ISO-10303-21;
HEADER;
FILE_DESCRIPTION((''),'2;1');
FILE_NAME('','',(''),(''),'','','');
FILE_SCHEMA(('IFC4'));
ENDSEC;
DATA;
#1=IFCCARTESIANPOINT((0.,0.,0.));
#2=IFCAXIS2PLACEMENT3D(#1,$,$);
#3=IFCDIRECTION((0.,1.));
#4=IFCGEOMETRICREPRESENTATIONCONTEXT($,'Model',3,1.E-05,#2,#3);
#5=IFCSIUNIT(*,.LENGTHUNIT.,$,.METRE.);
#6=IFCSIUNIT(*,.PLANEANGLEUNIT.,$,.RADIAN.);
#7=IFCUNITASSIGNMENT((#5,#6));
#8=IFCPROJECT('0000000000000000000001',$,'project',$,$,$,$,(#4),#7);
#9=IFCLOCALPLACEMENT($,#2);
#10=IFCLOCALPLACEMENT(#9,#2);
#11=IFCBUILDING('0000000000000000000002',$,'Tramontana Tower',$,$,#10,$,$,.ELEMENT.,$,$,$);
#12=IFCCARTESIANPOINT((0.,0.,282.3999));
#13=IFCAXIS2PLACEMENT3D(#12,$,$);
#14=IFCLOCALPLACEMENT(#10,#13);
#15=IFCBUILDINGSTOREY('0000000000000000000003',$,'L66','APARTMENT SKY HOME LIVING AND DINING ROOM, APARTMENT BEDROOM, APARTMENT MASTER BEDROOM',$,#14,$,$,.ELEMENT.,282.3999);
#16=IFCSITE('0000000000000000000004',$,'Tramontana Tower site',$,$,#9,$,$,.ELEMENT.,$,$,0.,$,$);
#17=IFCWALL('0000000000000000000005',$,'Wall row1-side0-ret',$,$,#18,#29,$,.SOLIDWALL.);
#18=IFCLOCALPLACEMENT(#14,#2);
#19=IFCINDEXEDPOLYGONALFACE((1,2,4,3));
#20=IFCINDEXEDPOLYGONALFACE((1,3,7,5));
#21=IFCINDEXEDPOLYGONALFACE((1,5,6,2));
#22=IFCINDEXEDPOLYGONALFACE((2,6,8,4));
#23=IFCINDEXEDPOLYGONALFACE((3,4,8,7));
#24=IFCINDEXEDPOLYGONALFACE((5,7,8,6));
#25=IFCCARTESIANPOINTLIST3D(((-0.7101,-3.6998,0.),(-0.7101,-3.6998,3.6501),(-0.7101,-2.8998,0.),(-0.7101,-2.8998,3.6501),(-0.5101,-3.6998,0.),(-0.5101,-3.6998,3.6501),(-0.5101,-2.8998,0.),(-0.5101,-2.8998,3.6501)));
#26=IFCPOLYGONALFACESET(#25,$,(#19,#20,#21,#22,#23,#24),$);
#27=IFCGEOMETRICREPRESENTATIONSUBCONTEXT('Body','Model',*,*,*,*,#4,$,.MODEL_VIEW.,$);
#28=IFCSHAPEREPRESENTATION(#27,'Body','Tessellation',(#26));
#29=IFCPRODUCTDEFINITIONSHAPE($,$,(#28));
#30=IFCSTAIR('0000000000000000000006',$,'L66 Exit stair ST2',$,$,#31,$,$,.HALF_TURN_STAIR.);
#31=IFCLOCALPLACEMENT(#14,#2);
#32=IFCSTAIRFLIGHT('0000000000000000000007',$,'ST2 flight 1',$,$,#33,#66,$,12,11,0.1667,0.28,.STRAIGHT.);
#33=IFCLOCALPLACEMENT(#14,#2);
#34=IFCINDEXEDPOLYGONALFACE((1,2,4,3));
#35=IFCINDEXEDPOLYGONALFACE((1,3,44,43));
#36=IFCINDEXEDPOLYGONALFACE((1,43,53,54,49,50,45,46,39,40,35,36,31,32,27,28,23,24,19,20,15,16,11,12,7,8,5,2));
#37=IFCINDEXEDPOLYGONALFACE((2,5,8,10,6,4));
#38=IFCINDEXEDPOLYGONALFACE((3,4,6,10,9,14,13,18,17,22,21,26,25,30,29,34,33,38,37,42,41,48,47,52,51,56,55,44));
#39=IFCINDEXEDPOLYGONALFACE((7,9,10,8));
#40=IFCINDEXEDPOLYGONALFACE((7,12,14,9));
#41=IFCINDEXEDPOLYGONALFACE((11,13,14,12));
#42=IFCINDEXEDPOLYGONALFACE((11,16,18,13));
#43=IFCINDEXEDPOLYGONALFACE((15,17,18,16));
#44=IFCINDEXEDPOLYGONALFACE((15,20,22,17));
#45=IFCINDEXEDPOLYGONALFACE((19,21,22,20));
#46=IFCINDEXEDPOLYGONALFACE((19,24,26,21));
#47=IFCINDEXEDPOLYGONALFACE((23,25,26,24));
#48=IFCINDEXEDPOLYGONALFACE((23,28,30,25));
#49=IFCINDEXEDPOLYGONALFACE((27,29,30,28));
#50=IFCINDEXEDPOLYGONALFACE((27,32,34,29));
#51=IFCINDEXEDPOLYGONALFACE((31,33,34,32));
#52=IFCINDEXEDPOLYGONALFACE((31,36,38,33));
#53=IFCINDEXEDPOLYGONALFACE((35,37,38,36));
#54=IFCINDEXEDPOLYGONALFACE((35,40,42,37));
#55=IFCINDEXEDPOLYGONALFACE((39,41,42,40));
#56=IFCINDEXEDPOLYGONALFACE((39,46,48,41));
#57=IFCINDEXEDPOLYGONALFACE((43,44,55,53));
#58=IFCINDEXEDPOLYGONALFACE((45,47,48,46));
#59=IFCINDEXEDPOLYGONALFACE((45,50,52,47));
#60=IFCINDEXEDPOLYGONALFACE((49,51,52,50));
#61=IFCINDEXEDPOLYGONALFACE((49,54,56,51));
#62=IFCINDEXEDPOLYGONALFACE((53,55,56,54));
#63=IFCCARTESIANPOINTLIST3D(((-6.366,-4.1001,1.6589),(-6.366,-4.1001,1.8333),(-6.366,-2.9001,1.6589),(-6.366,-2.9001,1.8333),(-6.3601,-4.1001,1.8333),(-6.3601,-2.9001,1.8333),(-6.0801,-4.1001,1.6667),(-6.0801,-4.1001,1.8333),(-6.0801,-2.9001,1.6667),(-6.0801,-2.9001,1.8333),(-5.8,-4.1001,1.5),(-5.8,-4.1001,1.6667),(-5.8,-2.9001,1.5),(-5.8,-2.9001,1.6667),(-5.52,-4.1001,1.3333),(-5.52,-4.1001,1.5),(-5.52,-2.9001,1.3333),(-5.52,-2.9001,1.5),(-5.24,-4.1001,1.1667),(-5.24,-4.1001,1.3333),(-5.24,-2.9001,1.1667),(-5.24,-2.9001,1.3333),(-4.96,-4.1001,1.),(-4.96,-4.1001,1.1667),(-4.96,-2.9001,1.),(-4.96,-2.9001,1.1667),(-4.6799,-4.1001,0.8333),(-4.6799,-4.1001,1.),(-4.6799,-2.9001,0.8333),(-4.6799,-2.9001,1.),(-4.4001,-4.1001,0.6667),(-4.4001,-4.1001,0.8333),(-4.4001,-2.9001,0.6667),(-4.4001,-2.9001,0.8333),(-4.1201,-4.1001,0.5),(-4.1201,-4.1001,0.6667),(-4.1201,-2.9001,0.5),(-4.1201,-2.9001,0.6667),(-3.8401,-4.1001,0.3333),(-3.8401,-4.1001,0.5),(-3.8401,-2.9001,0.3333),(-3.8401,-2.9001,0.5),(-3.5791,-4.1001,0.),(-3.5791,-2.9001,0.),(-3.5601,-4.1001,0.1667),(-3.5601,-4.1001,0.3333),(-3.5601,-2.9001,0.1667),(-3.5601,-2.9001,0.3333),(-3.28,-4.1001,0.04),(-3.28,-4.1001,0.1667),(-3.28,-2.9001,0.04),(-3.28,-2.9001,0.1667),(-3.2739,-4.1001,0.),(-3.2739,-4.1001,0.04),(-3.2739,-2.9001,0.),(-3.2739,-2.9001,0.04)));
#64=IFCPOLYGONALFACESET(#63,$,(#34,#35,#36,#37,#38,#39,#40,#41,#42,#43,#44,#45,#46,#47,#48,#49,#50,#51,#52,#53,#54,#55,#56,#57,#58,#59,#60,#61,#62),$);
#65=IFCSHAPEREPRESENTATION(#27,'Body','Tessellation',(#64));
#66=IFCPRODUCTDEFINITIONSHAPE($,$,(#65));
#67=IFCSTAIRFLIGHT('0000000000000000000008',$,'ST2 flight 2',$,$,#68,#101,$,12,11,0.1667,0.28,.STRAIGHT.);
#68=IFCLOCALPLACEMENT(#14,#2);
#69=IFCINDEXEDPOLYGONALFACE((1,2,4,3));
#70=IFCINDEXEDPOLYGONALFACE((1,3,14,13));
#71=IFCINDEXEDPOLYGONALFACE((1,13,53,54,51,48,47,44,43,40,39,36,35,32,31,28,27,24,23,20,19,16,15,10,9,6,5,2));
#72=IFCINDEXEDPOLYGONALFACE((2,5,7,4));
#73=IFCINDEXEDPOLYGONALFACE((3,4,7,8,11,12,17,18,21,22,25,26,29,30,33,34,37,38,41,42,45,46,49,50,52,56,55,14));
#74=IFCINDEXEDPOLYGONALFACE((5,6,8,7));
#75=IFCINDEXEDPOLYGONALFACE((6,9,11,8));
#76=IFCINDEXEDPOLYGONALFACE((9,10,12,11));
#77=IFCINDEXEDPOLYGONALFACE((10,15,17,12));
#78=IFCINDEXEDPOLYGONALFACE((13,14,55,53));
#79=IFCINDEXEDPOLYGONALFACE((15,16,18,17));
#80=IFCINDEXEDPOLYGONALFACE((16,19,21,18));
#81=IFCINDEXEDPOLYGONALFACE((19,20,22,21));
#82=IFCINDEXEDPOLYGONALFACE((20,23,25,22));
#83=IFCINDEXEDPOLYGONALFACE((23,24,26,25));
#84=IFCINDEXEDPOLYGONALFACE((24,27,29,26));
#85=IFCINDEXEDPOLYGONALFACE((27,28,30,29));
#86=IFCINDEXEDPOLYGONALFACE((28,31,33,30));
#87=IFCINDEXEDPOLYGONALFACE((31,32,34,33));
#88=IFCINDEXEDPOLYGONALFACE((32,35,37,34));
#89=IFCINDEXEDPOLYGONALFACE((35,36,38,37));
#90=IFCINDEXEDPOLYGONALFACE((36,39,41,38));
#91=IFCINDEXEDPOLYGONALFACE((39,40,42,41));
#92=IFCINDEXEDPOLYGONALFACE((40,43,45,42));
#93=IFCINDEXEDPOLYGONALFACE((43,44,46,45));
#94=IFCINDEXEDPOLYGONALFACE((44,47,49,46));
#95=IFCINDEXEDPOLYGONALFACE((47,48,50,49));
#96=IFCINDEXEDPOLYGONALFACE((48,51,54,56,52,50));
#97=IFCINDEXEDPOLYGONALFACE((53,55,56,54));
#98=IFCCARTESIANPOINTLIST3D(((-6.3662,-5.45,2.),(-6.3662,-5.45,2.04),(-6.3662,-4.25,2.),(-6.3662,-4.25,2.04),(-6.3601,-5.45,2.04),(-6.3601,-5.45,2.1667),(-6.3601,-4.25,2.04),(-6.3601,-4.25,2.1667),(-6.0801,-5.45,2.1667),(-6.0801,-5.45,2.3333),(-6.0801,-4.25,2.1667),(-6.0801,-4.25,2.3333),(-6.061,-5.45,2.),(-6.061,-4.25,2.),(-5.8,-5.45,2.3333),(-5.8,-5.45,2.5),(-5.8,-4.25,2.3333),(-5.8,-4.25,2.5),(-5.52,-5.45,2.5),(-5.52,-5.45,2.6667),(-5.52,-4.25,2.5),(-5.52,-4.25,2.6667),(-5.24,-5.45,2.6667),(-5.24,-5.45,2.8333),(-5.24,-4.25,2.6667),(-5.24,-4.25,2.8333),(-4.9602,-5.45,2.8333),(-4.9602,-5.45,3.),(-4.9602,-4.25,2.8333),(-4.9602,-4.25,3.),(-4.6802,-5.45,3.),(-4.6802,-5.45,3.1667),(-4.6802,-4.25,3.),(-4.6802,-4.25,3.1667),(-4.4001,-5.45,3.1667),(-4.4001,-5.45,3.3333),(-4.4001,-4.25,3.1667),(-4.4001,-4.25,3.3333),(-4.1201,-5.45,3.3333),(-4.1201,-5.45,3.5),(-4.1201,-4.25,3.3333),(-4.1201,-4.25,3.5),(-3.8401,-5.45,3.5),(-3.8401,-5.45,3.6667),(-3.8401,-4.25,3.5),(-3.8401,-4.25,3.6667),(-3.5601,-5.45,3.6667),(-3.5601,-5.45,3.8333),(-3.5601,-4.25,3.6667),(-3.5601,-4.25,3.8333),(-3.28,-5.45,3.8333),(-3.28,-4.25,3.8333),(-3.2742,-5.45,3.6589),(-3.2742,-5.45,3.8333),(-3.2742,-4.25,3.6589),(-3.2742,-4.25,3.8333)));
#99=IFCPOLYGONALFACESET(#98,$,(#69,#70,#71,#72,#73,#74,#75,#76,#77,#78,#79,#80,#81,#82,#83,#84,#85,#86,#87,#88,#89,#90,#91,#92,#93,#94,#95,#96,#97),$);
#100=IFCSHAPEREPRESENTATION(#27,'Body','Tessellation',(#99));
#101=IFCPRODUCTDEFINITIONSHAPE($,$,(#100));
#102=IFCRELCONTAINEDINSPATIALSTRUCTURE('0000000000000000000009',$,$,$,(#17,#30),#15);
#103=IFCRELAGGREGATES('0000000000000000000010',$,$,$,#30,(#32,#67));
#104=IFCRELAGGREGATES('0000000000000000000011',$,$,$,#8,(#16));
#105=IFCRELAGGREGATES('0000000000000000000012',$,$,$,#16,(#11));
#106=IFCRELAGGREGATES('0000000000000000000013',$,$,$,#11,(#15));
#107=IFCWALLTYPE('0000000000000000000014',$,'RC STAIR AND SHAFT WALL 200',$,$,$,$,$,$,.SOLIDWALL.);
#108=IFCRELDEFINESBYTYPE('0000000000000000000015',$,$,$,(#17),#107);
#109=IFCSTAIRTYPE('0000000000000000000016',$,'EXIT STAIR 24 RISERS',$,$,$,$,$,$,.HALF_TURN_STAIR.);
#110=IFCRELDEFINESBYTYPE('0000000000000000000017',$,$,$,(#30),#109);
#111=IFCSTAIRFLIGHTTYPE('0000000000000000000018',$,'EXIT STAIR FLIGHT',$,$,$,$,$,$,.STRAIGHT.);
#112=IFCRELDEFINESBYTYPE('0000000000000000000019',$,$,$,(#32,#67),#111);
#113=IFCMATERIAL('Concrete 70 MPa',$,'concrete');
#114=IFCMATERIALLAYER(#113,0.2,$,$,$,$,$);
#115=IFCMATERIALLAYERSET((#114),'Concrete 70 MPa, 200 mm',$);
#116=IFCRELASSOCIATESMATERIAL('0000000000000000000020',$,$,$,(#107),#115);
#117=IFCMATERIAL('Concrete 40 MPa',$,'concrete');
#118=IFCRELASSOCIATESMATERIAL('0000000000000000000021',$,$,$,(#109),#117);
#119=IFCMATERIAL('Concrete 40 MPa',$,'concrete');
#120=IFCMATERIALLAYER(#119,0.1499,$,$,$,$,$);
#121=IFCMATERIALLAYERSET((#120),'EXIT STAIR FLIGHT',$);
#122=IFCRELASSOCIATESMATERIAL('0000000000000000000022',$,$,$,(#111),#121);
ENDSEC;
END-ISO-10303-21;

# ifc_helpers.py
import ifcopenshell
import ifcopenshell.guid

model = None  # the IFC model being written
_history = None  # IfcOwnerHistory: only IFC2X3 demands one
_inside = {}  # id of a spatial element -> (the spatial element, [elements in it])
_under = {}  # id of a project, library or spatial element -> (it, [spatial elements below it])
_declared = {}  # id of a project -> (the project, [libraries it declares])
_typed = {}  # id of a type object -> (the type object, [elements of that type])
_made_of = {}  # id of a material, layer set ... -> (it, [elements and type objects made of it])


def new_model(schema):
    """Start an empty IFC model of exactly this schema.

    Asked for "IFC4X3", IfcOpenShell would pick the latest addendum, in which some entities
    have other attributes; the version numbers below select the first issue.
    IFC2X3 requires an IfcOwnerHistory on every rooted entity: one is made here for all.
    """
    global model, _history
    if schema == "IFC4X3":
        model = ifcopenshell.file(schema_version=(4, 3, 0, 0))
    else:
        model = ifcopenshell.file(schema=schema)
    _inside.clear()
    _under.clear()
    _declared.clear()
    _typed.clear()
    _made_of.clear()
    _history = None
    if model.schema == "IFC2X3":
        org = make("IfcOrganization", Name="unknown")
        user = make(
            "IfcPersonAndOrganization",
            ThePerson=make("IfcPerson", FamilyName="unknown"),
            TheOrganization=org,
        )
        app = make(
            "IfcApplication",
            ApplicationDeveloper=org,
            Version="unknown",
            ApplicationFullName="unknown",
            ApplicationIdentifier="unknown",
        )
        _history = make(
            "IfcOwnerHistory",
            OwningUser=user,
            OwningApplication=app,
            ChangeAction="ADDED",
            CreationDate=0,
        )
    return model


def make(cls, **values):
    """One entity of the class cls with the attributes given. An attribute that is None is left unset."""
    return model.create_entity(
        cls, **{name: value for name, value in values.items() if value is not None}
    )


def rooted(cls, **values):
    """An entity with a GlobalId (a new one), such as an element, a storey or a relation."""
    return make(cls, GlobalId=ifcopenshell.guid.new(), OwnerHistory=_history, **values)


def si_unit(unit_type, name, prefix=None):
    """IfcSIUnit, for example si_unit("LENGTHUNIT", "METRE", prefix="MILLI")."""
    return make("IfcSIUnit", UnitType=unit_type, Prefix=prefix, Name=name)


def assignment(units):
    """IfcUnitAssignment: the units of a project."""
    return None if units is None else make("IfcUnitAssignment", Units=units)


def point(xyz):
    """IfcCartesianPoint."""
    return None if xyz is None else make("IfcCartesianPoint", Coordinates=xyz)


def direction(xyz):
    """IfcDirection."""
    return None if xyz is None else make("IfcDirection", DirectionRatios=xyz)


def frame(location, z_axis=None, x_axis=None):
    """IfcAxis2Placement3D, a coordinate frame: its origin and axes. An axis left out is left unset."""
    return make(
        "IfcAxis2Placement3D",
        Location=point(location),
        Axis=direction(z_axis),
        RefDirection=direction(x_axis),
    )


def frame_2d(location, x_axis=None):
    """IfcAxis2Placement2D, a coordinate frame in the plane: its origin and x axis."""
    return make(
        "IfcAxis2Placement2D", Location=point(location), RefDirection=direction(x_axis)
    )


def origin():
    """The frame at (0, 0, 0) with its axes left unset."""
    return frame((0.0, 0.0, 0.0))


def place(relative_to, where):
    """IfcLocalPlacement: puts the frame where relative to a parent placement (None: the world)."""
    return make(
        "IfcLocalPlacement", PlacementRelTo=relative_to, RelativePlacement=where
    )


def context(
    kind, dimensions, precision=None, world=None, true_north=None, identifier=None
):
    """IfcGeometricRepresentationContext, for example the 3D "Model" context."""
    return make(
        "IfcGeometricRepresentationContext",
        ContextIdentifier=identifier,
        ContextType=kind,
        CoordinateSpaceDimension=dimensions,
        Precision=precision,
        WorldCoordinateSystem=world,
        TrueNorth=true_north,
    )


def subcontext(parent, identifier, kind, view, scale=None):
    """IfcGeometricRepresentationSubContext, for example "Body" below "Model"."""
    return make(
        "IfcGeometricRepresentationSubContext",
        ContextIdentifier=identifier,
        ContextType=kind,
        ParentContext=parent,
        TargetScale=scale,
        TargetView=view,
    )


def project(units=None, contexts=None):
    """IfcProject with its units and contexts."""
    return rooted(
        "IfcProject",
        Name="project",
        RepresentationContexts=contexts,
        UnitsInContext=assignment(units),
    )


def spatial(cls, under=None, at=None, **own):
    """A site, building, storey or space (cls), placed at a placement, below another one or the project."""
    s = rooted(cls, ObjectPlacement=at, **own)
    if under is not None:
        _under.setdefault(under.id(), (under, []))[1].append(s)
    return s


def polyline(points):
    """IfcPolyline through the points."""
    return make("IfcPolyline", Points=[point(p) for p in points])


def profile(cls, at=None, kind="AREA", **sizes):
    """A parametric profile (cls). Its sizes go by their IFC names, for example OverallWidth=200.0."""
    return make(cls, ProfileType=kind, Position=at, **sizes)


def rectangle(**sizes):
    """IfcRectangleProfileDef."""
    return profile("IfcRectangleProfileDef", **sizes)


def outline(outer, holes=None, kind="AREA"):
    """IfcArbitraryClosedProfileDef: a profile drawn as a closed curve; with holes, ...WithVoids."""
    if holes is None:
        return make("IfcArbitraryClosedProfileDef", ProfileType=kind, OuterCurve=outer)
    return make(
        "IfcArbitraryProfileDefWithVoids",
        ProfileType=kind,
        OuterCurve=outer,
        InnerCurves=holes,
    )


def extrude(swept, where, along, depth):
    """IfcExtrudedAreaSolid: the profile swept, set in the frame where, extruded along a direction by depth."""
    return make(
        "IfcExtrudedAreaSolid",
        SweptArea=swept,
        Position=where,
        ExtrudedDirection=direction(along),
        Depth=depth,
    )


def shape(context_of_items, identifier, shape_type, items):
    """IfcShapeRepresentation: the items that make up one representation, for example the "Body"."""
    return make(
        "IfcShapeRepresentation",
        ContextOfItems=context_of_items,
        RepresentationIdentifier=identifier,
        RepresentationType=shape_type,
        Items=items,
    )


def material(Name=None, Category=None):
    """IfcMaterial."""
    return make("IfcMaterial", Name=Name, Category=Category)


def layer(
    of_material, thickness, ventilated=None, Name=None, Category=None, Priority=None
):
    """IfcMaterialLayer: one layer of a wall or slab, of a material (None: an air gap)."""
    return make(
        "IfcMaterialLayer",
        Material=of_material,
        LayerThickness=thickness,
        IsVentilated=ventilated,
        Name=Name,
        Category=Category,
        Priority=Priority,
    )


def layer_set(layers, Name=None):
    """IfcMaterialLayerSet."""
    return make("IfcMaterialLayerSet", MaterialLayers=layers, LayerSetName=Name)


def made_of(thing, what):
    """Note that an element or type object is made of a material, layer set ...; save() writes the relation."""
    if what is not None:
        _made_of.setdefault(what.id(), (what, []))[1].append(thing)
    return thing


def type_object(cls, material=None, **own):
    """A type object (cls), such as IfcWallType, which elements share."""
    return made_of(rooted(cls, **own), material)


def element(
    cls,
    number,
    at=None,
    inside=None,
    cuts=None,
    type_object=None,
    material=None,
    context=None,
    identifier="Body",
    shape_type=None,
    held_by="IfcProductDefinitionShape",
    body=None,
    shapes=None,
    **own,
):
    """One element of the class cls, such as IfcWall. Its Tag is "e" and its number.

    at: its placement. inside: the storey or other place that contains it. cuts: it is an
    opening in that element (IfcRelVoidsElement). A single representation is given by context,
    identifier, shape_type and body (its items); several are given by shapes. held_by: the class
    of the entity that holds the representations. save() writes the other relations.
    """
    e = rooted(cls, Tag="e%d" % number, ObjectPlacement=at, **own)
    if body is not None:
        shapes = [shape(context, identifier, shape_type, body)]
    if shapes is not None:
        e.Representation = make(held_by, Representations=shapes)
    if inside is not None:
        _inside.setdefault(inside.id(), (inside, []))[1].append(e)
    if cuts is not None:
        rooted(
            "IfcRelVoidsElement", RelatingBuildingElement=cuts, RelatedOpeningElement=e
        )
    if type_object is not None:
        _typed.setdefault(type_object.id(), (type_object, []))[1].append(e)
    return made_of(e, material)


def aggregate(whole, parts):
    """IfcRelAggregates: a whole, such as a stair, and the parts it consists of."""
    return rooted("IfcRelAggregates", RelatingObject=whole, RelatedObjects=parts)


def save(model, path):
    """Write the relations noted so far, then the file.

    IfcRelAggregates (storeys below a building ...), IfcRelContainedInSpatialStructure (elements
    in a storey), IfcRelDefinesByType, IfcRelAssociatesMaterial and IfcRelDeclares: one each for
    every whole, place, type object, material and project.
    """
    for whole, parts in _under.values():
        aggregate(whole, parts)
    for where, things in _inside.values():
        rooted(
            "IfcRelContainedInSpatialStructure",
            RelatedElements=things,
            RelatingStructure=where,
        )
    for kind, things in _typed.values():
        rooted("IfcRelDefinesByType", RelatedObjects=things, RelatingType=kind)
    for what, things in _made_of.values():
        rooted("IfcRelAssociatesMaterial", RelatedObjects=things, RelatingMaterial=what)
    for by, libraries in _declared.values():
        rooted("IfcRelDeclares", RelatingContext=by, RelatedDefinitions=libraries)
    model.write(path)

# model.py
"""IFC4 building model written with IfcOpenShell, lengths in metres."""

from ifc_helpers import new_model, si_unit, direction, frame, frame_2d, origin, place, context, subcontext, project, spatial, polyline, rectangle, outline, extrude, material, layer, layer_set, type_object, element, aggregate, save


model = new_model("IFC4")

# Units and contexts
model_context = context("Model", 3, precision=1e-05, world=origin(), true_north=direction((0.0, 1.0)))
body_context = subcontext(model_context, "Body", "Model", "MODEL_VIEW")
ifc_project = project(units=[si_unit("LENGTHUNIT", "METRE"), si_unit("PLANEANGLEUNIT", "RADIAN")], contexts=[model_context])

# Site, building, storey
site_placement = place(None, origin())
site = spatial("IfcSite", under=ifc_project, at=site_placement, Name="Tramontana Tower site", CompositionType="ELEMENT", RefElevation=0.0)
building_placement = place(site_placement, origin())
building = spatial("IfcBuilding", under=site, at=building_placement, Name="Tramontana Tower", CompositionType="ELEMENT")
storey_placement = place(building_placement, frame((0.0, 0.0, 282.3999)))
storey = spatial("IfcBuildingStorey", under=building, at=storey_placement, Name="L66", Description="APARTMENT SKY HOME LIVING AND DINING ROOM, APARTMENT BEDROOM, APARTMENT MASTER BEDROOM", CompositionType="ELEMENT", Elevation=282.3999)

# Shared definitions
ifc_material_1 = material(Name="Concrete 70 MPa", Category="concrete")
ifc_layer_1 = layer(ifc_material_1, 0.2)
ifc_layer_set_1 = layer_set([ifc_layer_1], Name="Concrete 70 MPa, 200 mm")
wall_type_1 = type_object("IfcWallType", Name="RC STAIR AND SHAFT WALL 200", PredefinedType="SOLIDWALL", material=ifc_layer_set_1)

# Wall
wall_1_placement = place(storey_placement, frame((-0.6101, -2.8999, 0.0), z_axis=(0.0, 0.0, 1.0), x_axis=(0.0, -1.0, 0.0)))
element("IfcWall", 1, at=wall_1_placement, inside=storey, type_object=wall_type_1, Name="Wall row1-side0-ret", PredefinedType="SOLIDWALL", context=body_context, shape_type="SweptSolid", body=[
    extrude(rectangle(XDim=0.8, YDim=0.2, at=frame_2d((0.3999, 0.0))), origin(), (0.0, 0.0, 1.0), 3.6501),
])

# Stair, stair flights
ifc_material_2 = material(Name="Concrete 40 MPa", Category="concrete")
stair_type = type_object("IfcStairType", Name="EXIT STAIR 24 RISERS", PredefinedType="HALF_TURN_STAIR", material=ifc_material_2)
stair_placement = place(storey_placement, origin())
stair = element("IfcStair", 2, at=stair_placement, inside=storey, type_object=stair_type, Name="L66 Exit stair ST2", PredefinedType="HALF_TURN_STAIR")
ifc_material_3 = material(Name="Concrete 40 MPa", Category="concrete")
ifc_layer_2 = layer(ifc_material_3, 0.1499)
ifc_layer_set_2 = layer_set([ifc_layer_2], Name="EXIT STAIR FLIGHT")
stair_flight_type = type_object("IfcStairFlightType", Name="EXIT STAIR FLIGHT", PredefinedType="STRAIGHT", material=ifc_layer_set_2)
stair_flight_1_placement = place(storey_placement, frame((-3.28, -3.5, 0.0), z_axis=(0.0, 0.0, 1.0), x_axis=(-1.0, 0.0, 0.0)))
stair_flight_1 = element("IfcStairFlight", 3, at=stair_flight_1_placement, type_object=stair_flight_type, Name="ST2 flight 1", NumberOfRisers=12, NumberOfTreads=11, PredefinedType="STRAIGHT", RiserHeight=0.1667, TreadLength=0.28, context=body_context, shape_type="SweptSolid", body=[
    extrude(outline(polyline([(-0.0061, 0.0), (-0.0061, 0.04), (0.0, 0.04), (0.0, 0.1667), (0.28, 0.1667), (0.28, 0.3333), (0.5601, 0.3333), (0.5601, 0.5), (0.8401, 0.5), (0.8401, 0.6667), (1.1201, 0.6667), (1.1201, 0.8333), (1.3999, 0.8333), (1.3999, 1.0), (1.6799, 1.0), (1.6799, 1.1667), (1.96, 1.1667), (1.96, 1.3333), (2.24, 1.3333), (2.24, 1.5), (2.52, 1.5), (2.52, 1.6667), (2.8, 1.6667), (2.8, 1.8333), (3.0801, 1.8333), (3.0859, 1.8333), (3.0859, 1.6589), (0.2991, 0.0), (-0.0061, 0.0)])), frame((0.0, 0.6001, 0.0), z_axis=(0.0, -1.0, 0.0), x_axis=(1.0, 0.0, 0.0)), (0.0, 0.0, 1.0), 1.2),
])
stair_flight_2_placement = place(storey_placement, frame((-6.3601, -4.8501, 2.0), z_axis=(0.0, 0.0, 1.0), x_axis=(1.0, 0.0, 0.0)))
stair_flight_2 = element("IfcStairFlight", 4, at=stair_flight_2_placement, type_object=stair_flight_type, Name="ST2 flight 2", NumberOfRisers=12, NumberOfTreads=11, PredefinedType="STRAIGHT", RiserHeight=0.1667, TreadLength=0.28, context=body_context, shape_type="SweptSolid", body=[
    extrude(outline(polyline([(-0.0061, 0.0), (-0.0061, 0.04), (0.0, 0.04), (0.0, 0.1667), (0.28, 0.1667), (0.28, 0.3333), (0.5601, 0.3333), (0.5601, 0.5), (0.8401, 0.5), (0.8401, 0.6667), (1.1201, 0.6667), (1.1201, 0.8333), (1.3999, 0.8333), (1.3999, 1.0), (1.6799, 1.0), (1.6799, 1.1667), (1.96, 1.1667), (1.96, 1.3333), (2.24, 1.3333), (2.24, 1.5), (2.52, 1.5), (2.52, 1.6667), (2.8, 1.6667), (2.8, 1.8333), (3.0801, 1.8333), (3.0859, 1.8333), (3.0859, 1.6589), (0.2991, 0.0), (-0.0061, 0.0)])), frame((0.0, 0.6001, 0.0), z_axis=(0.0, -1.0, 0.0), x_axis=(1.0, 0.0, 0.0)), (0.0, 0.0, 1.0), 1.2),
])
aggregate(stair, [stair_flight_1, stair_flight_2])

save(model, "model.ifc")
